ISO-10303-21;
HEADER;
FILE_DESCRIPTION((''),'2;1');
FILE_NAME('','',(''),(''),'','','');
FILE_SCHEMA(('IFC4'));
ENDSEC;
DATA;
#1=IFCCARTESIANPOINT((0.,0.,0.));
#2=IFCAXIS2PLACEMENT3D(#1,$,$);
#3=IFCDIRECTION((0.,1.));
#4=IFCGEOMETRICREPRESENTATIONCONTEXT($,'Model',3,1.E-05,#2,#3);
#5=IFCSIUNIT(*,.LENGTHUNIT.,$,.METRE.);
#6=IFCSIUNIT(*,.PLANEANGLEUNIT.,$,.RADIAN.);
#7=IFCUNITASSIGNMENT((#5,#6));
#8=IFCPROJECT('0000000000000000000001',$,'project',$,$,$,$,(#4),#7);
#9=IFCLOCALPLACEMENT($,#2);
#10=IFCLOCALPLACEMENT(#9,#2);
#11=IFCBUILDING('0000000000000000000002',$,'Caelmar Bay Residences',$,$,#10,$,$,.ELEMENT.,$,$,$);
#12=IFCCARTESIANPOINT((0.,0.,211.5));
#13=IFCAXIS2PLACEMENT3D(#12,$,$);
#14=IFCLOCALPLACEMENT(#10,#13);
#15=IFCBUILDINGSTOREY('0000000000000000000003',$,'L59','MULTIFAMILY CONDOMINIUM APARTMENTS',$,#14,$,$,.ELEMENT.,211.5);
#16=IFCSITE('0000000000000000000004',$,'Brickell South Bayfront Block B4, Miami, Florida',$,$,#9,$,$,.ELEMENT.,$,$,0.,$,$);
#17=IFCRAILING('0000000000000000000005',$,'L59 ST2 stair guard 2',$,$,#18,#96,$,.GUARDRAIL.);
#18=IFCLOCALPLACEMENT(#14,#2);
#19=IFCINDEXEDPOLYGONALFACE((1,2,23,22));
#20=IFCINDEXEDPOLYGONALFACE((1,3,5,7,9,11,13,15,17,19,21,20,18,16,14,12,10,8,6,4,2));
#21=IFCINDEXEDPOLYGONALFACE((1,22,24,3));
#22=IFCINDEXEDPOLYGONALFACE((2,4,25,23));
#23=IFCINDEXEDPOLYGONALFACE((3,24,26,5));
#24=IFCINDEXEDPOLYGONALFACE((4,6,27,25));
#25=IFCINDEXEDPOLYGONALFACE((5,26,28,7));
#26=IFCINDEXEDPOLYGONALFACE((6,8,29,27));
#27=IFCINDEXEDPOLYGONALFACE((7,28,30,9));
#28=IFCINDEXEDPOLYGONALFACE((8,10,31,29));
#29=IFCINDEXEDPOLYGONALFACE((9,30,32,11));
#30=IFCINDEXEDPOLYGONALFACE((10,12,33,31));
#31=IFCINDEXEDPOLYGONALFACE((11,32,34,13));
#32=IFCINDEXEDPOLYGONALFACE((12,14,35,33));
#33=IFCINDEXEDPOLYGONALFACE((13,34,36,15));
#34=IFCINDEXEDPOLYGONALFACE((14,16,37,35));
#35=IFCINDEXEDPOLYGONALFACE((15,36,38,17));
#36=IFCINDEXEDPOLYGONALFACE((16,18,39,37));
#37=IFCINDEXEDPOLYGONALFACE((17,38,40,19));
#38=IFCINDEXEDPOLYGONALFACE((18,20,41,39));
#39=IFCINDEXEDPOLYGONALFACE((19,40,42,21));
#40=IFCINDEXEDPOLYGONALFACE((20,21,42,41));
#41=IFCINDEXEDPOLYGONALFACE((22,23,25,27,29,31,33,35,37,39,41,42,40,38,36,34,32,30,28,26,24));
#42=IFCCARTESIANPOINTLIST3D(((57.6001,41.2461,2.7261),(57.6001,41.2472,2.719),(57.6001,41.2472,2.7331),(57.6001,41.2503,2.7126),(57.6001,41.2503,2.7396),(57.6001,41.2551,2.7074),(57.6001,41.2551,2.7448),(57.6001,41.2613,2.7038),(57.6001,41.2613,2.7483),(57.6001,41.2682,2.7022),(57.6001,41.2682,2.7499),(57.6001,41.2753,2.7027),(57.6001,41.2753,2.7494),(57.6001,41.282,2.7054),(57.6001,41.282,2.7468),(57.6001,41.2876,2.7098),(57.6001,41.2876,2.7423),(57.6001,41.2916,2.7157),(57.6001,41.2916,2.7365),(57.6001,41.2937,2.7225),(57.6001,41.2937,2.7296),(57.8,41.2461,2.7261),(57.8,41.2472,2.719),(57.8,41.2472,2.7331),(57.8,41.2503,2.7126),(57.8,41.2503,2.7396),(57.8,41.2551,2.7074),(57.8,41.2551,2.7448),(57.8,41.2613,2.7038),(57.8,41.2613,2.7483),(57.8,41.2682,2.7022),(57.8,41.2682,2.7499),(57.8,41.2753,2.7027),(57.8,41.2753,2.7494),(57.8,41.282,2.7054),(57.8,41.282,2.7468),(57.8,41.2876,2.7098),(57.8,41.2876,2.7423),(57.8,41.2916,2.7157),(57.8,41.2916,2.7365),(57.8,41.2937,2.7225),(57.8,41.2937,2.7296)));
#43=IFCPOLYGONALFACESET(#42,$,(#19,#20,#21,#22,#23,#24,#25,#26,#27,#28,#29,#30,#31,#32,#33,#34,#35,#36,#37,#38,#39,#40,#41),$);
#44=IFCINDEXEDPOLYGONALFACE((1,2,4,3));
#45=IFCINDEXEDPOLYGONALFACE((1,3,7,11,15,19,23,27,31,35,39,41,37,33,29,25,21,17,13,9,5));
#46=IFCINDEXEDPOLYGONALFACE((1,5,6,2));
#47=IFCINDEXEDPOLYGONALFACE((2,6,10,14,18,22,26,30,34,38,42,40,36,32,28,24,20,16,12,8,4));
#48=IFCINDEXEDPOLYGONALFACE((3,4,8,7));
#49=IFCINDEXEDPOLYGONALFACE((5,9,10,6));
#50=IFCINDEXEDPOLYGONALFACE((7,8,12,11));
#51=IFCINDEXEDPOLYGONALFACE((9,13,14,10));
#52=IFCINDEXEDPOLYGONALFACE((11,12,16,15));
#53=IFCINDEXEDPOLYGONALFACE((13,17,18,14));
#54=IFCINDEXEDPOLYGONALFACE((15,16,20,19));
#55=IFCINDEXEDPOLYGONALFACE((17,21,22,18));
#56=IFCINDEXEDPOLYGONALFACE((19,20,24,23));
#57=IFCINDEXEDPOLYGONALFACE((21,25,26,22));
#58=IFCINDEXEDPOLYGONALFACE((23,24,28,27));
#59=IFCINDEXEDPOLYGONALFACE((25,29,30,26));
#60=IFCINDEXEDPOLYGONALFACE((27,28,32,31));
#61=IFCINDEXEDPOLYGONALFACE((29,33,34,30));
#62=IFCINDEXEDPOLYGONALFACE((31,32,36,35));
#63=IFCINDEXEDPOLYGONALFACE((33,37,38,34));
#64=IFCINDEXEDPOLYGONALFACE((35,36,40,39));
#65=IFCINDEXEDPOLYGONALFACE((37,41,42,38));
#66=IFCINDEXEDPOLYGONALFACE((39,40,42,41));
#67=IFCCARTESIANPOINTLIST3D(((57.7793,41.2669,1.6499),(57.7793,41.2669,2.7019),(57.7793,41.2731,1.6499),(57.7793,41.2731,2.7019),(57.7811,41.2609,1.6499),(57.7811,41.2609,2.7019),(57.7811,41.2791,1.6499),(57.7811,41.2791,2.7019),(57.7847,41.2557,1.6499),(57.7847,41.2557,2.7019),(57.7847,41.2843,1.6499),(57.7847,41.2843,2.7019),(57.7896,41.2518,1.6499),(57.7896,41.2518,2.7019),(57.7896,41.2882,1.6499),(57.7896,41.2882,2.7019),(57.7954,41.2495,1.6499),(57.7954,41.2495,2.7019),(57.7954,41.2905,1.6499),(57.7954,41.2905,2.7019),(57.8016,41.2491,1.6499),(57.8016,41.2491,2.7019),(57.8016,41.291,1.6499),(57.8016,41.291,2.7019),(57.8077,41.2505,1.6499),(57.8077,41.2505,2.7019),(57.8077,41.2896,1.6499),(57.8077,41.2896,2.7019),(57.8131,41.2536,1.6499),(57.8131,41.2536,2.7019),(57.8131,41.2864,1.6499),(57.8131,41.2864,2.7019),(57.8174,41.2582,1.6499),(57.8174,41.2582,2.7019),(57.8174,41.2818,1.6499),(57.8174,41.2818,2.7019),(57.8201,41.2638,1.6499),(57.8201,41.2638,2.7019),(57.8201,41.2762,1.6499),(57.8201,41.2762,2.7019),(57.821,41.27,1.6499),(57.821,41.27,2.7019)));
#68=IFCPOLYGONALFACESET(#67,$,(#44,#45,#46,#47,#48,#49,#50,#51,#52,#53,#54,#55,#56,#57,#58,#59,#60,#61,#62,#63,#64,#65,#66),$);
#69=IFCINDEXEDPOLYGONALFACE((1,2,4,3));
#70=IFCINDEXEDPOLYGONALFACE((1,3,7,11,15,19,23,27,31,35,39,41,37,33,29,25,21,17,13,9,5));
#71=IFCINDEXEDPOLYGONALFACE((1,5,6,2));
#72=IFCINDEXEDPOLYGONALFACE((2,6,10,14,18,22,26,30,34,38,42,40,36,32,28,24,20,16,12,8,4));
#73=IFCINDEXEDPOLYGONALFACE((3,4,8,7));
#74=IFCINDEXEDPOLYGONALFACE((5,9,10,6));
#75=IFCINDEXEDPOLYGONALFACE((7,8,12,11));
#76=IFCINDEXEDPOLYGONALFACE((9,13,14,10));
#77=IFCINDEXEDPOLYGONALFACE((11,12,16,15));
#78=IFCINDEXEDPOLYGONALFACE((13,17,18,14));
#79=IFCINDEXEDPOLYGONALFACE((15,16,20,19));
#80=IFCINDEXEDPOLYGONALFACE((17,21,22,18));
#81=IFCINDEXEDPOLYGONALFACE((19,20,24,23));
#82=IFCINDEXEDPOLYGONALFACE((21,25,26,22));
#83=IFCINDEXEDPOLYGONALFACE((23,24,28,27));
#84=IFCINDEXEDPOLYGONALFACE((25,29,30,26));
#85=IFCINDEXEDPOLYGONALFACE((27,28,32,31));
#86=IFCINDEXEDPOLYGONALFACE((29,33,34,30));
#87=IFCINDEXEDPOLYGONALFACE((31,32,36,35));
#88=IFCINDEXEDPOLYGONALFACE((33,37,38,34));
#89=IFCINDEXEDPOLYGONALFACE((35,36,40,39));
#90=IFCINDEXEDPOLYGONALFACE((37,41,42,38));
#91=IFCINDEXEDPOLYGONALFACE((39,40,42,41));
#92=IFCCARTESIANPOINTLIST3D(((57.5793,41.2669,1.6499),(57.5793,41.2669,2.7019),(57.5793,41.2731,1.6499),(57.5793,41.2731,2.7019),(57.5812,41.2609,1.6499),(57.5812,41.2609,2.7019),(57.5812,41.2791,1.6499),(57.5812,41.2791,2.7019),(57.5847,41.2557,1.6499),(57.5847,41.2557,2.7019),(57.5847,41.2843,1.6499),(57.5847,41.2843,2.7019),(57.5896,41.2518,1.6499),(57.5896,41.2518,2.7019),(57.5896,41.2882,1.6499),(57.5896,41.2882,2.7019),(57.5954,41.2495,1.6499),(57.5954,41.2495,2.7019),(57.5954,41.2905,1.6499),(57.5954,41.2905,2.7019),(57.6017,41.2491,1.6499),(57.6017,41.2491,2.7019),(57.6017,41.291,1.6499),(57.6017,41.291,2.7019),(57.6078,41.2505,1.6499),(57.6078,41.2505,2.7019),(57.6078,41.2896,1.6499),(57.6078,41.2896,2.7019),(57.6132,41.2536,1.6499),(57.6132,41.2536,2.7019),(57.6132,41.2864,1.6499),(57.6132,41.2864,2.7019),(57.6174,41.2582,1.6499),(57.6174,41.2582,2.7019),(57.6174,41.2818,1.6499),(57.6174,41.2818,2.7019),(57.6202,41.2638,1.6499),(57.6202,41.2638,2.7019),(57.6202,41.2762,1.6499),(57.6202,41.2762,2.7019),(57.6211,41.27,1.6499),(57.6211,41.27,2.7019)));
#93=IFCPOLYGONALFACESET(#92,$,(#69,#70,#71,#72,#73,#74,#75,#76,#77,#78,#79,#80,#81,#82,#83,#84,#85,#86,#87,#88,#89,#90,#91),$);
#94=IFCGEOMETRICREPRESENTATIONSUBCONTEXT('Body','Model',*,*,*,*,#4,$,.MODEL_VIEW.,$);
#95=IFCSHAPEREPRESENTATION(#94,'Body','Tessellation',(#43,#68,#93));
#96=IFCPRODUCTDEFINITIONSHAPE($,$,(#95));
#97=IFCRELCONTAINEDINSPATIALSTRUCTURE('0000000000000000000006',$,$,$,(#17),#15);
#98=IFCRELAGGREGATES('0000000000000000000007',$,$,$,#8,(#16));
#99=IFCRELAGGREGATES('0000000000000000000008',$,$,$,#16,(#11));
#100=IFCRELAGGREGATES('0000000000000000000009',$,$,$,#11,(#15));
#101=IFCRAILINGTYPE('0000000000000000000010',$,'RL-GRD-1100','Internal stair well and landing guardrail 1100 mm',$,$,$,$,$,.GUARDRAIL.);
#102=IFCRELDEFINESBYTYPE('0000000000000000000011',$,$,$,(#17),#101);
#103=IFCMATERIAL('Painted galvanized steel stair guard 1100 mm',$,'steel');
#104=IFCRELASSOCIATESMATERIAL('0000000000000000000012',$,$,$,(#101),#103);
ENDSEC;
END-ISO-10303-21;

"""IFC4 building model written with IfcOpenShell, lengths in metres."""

from ifc_helpers import new_model, si_unit, direction, frame, origin, origin_2d, place, context, subcontext, project, spatial, circle, extrude, material, type_object, element, save


model = new_model("IFC4")

# Units and contexts
model_context = context("Model", 3, precision=1e-05, world=origin(), true_north=direction((0.0, 1.0)))
body_context = subcontext(model_context, "Body", "Model", "MODEL_VIEW")
ifc_project = project(units=[si_unit("LENGTHUNIT", "METRE"), si_unit("PLANEANGLEUNIT", "RADIAN")], contexts=[model_context])

# Site, building, storey
site_placement = place(None, origin())
site = spatial("IfcSite", under=ifc_project, at=site_placement, Name="Brickell South Bayfront Block B4, Miami, Florida", CompositionType="ELEMENT", RefElevation=0.0)
building_placement = place(site_placement, origin())
building = spatial("IfcBuilding", under=site, at=building_placement, Name="Caelmar Bay Residences", CompositionType="ELEMENT")
storey_placement = place(building_placement, frame((0.0, 0.0, 211.5)))
storey = spatial("IfcBuildingStorey", under=building, at=storey_placement, Name="L59", Description="MULTIFAMILY CONDOMINIUM APARTMENTS", CompositionType="ELEMENT", Elevation=211.5)

# Railing
ifc_material_1 = material(Name="Painted galvanized steel stair guard 1100 mm", Category="steel")
railing_type_1 = type_object("IfcRailingType", Name="RL-GRD-1100", Description="Internal stair well and landing guardrail 1100 mm", PredefinedType="GUARDRAIL", material=ifc_material_1)
railing_1_placement = place(storey_placement, frame((57.8, 41.27, 1.6499)))
element("IfcRailing", 1, at=railing_1_placement, inside=storey, type_object=railing_type_1, Name="L59 ST2 stair guard 2", PredefinedType="GUARDRAIL", context=body_context, shape_type="SweptSolid", body=[
    extrude(circle(Radius=0.0239, at=origin_2d()), frame((0.0, 0.0, 1.0762), z_axis=(-1.0, 0.0, 0.0), x_axis=(0.0, -1.0, 0.0)), (0.0, 0.0, 1.0), 0.2),
    extrude(circle(Radius=0.021, at=origin_2d()), origin(), (0.0, 0.0, 1.0), 1.052),
    extrude(circle(Radius=0.021, at=origin_2d()), frame((-0.2, 0.0, 0.0)), (0.0, 0.0, 1.0), 1.052),
])

save(model, "model.ifc")
